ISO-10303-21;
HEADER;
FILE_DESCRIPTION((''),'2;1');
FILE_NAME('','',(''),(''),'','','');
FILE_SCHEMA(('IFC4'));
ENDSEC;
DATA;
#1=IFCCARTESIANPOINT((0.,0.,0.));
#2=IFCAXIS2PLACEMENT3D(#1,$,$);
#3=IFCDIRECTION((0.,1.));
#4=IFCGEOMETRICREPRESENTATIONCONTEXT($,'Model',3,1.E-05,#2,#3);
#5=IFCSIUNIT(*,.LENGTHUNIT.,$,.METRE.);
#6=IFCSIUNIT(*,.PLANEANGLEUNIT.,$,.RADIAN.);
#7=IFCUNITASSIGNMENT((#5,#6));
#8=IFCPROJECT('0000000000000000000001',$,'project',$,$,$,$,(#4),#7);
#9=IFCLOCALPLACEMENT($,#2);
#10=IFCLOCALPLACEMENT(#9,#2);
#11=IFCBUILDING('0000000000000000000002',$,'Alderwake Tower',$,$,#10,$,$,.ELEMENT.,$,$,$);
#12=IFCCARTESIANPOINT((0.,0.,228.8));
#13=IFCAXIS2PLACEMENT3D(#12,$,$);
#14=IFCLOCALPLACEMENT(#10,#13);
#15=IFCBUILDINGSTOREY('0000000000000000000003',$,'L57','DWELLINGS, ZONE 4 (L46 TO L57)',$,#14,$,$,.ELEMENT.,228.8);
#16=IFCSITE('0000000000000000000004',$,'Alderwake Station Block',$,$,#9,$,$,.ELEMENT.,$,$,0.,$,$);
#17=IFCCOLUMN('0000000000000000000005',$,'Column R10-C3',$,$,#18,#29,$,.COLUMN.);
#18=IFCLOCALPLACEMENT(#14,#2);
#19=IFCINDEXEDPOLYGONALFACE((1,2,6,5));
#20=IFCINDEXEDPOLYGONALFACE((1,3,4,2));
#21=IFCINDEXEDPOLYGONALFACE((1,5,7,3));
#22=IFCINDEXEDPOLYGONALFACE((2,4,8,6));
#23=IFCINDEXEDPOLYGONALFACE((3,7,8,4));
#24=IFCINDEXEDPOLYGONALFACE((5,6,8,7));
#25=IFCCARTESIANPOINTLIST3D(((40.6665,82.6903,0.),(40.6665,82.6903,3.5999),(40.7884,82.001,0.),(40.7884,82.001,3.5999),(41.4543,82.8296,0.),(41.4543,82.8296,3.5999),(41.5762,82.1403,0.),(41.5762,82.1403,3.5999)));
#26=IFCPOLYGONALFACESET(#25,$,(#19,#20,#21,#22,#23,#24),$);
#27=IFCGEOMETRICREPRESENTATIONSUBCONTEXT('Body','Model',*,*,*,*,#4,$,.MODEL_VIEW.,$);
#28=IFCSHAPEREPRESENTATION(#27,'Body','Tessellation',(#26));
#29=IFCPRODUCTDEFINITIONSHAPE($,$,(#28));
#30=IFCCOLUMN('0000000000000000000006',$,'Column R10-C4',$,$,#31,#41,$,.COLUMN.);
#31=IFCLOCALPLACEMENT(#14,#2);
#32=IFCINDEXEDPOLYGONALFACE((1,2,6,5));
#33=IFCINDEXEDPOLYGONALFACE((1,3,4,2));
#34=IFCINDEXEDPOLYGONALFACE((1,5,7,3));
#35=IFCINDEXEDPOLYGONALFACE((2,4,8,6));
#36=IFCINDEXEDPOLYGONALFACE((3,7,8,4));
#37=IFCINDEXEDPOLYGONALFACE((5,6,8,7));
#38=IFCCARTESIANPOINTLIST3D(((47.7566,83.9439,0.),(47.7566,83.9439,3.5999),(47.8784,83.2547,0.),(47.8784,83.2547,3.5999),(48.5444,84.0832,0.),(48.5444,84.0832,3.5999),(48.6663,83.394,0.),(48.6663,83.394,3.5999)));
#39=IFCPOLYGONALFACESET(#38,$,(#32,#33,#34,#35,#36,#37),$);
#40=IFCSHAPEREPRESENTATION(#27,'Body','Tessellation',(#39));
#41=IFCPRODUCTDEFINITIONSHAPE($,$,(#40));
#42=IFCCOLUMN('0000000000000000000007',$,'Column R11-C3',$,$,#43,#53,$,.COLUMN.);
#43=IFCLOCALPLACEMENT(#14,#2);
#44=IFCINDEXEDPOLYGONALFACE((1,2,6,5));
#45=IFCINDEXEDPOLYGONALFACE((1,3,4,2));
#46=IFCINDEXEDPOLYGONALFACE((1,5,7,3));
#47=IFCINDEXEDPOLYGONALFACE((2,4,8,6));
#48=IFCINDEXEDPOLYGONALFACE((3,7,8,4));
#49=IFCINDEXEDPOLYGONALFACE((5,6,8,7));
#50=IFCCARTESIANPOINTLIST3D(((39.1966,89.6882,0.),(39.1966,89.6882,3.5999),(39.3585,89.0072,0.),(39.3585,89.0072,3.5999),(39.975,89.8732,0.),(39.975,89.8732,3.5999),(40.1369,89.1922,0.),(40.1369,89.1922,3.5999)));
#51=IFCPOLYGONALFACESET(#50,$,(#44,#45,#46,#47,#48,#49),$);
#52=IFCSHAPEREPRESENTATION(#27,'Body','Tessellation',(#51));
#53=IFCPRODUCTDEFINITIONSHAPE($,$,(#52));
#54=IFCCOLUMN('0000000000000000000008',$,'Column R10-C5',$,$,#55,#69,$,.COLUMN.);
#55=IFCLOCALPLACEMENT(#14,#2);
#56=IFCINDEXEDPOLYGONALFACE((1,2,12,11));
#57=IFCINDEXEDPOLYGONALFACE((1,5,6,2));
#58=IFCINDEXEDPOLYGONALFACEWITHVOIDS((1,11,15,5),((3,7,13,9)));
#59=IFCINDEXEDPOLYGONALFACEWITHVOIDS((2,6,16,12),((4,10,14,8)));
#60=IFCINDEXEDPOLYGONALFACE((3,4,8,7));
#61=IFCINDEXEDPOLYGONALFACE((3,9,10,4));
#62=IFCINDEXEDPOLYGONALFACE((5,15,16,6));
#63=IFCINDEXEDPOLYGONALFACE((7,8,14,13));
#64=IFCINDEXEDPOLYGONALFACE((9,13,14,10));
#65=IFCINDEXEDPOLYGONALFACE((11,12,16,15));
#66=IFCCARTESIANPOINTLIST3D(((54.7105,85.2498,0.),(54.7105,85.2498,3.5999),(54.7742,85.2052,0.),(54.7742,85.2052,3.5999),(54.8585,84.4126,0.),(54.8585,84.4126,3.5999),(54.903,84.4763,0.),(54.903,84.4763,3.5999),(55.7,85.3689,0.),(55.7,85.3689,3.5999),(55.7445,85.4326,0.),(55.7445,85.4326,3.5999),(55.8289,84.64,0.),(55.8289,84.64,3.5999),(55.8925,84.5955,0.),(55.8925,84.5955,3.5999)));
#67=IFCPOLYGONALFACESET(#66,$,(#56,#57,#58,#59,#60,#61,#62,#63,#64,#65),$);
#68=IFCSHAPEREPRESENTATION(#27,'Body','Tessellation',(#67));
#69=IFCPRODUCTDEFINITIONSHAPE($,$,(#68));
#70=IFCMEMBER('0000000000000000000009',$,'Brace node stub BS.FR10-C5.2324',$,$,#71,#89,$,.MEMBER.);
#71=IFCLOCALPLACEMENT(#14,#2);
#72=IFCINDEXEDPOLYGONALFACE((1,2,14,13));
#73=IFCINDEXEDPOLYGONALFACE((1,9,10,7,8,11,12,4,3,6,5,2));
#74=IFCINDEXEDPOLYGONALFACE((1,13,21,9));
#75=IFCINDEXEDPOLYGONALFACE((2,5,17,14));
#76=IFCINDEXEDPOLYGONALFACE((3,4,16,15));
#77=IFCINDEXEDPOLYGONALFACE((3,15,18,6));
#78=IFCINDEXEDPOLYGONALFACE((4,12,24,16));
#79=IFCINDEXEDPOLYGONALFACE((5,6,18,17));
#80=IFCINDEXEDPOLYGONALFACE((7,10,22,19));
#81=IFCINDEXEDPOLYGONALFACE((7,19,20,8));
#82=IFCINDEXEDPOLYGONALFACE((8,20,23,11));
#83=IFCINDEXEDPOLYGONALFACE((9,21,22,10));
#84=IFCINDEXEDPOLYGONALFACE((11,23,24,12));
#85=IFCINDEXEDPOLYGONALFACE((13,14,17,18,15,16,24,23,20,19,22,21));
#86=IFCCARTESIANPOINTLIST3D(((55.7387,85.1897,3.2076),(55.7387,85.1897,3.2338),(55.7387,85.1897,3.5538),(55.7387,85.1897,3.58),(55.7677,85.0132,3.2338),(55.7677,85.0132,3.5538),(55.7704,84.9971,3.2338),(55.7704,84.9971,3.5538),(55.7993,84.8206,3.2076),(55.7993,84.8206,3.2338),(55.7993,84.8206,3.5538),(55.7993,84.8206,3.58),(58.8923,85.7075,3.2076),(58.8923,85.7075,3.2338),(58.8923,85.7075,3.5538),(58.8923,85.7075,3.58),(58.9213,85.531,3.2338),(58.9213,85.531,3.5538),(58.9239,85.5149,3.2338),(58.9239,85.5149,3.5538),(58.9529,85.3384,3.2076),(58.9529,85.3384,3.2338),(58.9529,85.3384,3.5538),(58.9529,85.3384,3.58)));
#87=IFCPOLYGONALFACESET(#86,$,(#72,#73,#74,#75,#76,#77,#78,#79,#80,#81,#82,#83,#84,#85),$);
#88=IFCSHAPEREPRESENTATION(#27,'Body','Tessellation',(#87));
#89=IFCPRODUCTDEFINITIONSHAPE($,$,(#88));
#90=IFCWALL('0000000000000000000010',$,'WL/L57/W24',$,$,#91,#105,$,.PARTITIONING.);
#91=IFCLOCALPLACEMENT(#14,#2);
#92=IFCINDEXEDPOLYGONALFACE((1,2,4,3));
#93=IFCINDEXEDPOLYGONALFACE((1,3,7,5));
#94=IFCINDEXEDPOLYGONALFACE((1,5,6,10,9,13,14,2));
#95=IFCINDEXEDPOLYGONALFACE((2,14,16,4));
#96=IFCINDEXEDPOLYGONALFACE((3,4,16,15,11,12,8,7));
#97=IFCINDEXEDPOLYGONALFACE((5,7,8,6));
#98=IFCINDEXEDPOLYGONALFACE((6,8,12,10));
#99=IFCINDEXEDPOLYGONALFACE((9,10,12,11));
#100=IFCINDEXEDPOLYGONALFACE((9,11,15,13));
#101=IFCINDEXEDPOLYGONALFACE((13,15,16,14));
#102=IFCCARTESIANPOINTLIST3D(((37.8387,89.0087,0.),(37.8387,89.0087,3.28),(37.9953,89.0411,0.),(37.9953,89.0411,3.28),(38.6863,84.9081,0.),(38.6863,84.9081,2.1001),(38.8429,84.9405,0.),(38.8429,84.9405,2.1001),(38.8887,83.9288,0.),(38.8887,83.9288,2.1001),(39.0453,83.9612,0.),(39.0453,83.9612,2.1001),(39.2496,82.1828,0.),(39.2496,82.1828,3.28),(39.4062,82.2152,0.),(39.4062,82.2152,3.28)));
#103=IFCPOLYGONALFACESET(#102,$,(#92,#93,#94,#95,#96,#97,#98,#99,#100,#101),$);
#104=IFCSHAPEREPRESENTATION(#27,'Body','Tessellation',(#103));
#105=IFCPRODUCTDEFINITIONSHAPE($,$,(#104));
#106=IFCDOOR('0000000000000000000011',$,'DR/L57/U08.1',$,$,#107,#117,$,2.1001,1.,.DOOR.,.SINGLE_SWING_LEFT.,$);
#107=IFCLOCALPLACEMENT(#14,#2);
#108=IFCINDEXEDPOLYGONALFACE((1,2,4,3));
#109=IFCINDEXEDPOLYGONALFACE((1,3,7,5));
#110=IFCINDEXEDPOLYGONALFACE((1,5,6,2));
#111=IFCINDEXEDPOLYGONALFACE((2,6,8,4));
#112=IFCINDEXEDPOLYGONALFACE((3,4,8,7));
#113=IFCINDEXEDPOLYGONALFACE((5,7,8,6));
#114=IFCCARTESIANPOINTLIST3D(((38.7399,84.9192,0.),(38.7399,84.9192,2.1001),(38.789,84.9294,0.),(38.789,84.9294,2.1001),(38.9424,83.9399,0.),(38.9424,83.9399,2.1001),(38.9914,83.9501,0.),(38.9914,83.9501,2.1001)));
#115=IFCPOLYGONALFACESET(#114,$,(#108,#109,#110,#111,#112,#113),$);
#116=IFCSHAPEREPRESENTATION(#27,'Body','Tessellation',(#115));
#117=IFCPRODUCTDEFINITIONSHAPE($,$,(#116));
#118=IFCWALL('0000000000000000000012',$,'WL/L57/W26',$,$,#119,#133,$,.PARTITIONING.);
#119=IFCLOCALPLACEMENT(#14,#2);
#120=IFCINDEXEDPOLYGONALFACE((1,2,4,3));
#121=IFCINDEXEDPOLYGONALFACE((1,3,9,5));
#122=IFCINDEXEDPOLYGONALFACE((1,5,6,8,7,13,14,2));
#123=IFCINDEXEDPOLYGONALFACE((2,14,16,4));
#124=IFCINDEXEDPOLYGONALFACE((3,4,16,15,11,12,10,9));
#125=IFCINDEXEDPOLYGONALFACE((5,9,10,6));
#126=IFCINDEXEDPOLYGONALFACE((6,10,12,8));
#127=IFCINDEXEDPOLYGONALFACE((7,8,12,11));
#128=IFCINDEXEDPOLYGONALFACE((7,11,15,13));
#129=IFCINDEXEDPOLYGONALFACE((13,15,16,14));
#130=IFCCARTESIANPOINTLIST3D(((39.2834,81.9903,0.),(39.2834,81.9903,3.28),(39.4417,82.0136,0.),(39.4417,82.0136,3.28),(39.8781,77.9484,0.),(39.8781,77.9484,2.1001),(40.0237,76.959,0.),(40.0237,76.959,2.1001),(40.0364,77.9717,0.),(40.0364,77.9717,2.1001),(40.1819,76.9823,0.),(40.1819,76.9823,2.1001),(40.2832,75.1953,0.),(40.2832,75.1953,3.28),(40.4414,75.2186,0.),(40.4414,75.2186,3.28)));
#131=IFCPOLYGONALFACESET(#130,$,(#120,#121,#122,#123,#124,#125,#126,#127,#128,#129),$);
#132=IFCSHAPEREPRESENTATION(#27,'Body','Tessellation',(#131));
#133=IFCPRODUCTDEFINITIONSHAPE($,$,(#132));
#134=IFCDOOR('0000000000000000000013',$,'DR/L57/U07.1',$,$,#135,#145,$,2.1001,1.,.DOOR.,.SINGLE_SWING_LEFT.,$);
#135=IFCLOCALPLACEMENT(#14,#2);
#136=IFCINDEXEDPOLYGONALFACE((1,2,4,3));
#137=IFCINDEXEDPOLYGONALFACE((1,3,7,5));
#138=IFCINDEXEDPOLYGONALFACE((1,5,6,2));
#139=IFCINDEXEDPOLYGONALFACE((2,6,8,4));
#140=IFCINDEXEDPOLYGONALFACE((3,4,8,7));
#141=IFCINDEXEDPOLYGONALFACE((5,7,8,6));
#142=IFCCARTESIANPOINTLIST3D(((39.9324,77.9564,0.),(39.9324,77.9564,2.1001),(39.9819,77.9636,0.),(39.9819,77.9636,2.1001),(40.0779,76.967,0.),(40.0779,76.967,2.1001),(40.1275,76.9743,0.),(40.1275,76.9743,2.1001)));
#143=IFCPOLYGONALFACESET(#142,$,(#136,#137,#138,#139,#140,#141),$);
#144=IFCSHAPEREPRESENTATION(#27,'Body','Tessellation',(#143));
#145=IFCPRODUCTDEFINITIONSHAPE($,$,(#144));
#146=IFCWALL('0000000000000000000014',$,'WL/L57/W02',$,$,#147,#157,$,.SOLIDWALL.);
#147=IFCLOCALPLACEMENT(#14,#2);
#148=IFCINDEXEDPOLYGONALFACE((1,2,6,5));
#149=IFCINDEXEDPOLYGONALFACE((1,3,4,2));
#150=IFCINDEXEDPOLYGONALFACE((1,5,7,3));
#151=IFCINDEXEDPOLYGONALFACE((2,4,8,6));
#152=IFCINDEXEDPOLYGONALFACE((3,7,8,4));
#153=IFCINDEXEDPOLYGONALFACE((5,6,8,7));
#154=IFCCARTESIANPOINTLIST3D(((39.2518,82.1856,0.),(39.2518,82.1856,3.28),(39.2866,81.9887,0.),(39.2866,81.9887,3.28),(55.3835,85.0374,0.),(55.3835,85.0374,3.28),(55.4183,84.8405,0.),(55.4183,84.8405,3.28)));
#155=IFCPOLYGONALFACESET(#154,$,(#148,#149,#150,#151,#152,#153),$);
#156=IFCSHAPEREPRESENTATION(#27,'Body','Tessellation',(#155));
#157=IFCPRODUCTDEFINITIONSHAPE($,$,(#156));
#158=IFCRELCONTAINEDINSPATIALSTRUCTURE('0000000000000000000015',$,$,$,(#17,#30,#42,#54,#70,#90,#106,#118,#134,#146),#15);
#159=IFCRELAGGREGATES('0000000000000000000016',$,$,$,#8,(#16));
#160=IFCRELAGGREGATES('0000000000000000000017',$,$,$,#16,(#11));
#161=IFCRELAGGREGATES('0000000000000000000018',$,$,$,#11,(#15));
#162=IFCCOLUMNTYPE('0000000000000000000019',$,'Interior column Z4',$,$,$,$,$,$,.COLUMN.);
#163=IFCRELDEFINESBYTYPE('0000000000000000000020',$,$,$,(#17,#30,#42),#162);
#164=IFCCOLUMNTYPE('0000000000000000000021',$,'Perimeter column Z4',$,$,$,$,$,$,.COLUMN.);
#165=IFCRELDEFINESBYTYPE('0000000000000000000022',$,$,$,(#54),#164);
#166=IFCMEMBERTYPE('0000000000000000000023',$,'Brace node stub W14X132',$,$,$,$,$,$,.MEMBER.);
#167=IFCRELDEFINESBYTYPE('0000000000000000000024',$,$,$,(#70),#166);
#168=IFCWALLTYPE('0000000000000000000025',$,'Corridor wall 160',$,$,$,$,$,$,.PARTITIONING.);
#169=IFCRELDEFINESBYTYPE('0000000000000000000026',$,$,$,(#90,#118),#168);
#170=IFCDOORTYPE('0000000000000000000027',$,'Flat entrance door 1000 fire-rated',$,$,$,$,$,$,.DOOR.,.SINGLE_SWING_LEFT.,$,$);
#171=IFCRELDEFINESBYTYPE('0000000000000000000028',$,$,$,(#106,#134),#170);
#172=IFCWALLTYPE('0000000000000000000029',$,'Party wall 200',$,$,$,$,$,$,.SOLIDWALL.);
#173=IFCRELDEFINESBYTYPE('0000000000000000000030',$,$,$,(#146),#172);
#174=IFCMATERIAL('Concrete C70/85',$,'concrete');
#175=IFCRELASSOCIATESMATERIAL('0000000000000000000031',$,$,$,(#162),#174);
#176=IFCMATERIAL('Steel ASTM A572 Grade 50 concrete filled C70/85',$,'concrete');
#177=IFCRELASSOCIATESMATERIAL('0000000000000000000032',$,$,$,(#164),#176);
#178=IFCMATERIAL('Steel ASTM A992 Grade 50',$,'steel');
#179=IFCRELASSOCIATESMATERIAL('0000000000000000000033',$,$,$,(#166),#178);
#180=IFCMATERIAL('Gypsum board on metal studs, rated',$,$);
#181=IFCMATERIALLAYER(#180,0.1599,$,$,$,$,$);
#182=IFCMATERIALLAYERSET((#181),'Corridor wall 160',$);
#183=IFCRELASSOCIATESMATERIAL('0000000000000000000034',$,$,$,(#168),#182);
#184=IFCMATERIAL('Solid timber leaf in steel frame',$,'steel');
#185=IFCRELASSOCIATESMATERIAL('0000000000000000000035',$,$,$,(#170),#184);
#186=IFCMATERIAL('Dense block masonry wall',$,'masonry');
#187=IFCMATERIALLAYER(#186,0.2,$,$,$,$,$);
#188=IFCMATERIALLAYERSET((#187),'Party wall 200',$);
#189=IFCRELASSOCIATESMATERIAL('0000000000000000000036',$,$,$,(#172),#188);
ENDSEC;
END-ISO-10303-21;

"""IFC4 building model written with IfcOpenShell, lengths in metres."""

from ifc_helpers import new_model, si_unit, direction, frame, frame_2d, origin, origin_2d, place, context, subcontext, project, spatial, rectangle, hollow_rectangle, i_section, extrude, material, layer, layer_set, material_profile, profile_set, type_object, element, fill, save


model = new_model("IFC4")

# Units and contexts
model_context = context("Model", 3, precision=1e-05, world=origin(), true_north=direction((0.0, 1.0)))
body_context = subcontext(model_context, "Body", "Model", "MODEL_VIEW")
ifc_project = project(units=[si_unit("LENGTHUNIT", "METRE"), si_unit("PLANEANGLEUNIT", "RADIAN")], contexts=[model_context])

# Site, building, storey
site_placement = place(None, origin())
site = spatial("IfcSite", under=ifc_project, at=site_placement, Name="Alderwake Station Block", CompositionType="ELEMENT", RefElevation=0.0)
building_placement = place(site_placement, origin())
building = spatial("IfcBuilding", under=site, at=building_placement, Name="Alderwake Tower", CompositionType="ELEMENT")
storey_placement = place(building_placement, frame((0.0, 0.0, 228.8)))
storey = spatial("IfcBuildingStorey", under=building, at=storey_placement, Name="L57", Description="DWELLINGS, ZONE 4 (L46 TO L57)", CompositionType="ELEMENT", Elevation=228.8)

# Columns
ifc_material_1 = material(Name="Concrete C70/85", Category="concrete")
ifc_material_profile_1 = material_profile(ifc_material_1, rectangle(XDim=0.7, YDim=0.8, at=origin_2d()), Name="RC 800X700")
ifc_profile_set_1 = profile_set([ifc_material_profile_1], Name="Concrete C70/85")
column_type_1 = type_object("IfcColumnType", Name="Interior column Z4", PredefinedType="COLUMN", material=ifc_profile_set_1)
for number, where, z_axis, x_axis, name in (
    (1, (41.1213, 82.4153, 0.0), (0.0, 0.0, 1.0), (-0.174109, 0.984726, 0.0), "Column R10-C3"),
    (2, (48.2114, 83.6689, 0.0), (0.0, 0.0, 1.0), (-0.174109, 0.984726, 0.0), "Column R10-C4"),
    (3, (39.6667, 89.4402, 0.0), (0.0, 0.0, 1.0), (-0.231222, 0.972901, 0.0), "Column R11-C3"),
):
    element("IfcColumn", number, at=place(storey_placement, frame(where, z_axis=z_axis, x_axis=x_axis)), inside=storey, type_object=column_type_1, Name=name, PredefinedType="COLUMN", context=body_context, shape_type="SweptSolid", body=[
        extrude(rectangle(XDim=0.7, YDim=0.8, at=origin_2d()), origin(), (0.0, 0.0, 1.0), 3.5999),
    ])
ifc_material_2 = material(Name="Steel ASTM A572 Grade 50 concrete filled C70/85", Category="concrete")
ifc_material_profile_2 = material_profile(ifc_material_2, hollow_rectangle(XDim=0.8501, YDim=1.05, WallThickness=0.0549, at=origin_2d()), Name="BOX 1050X850X55")
ifc_profile_set_2 = profile_set([ifc_material_profile_2], Name="Steel ASTM A572 Grade 50 concrete filled C70/85")
column_type_2 = type_object("IfcColumnType", Name="Perimeter column Z4", PredefinedType="COLUMN", material=ifc_profile_set_2)
column_placement = place(storey_placement, frame((55.3015, 84.9226, 0.0), z_axis=(0.0, 0.0, 1.0), x_axis=(-0.174109, 0.984726, 0.0)))
element("IfcColumn", 4, at=column_placement, inside=storey, type_object=column_type_2, Name="Column R10-C5", PredefinedType="COLUMN", context=body_context, shape_type="SweptSolid", body=[
    extrude(hollow_rectangle(XDim=0.8501, YDim=1.05, WallThickness=0.0549, at=origin_2d()), origin(), (0.0, 0.0, 1.0), 3.5999),
])

# Member
ifc_material_3 = material(Name="Steel ASTM A992 Grade 50", Category="steel")
ifc_material_profile_3 = material_profile(ifc_material_3, i_section(OverallWidth=0.374, OverallDepth=0.3723, WebThickness=0.0164, FlangeThickness=0.0261, at=origin_2d()), Name="W14X132")
ifc_profile_set_3 = profile_set([ifc_material_profile_3], Name="Steel ASTM A992 Grade 50")
member_type = type_object("IfcMemberType", Name="Brace node stub W14X132", PredefinedType="MEMBER", material=ifc_profile_set_3)
member_placement = place(storey_placement, frame((55.769, 85.0051, 3.3938), z_axis=(0.986785, 0.162032, 0.0), x_axis=(-0.162032, 0.986785, 0.0)))
element("IfcMember", 5, at=member_placement, inside=storey, type_object=member_type, Name="Brace node stub BS.FR10-C5.2324", PredefinedType="MEMBER", context=body_context, shape_type="SweptSolid", body=[
    extrude(i_section(OverallWidth=0.374, OverallDepth=0.3723, WebThickness=0.0164, FlangeThickness=0.0261, at=origin_2d()), origin(), (0.0, 0.0, 1.0), 3.1958),
])

# Walls, openings, doors
ifc_material_4 = material(Name="Gypsum board on metal studs, rated")
ifc_layer_1 = layer(ifc_material_4, 0.1599)
ifc_layer_set_1 = layer_set([ifc_layer_1], Name="Corridor wall 160")
wall_type_1 = type_object("IfcWallType", Name="Corridor wall 160", PredefinedType="PARTITIONING", material=ifc_layer_set_1)
wall_1_placement = place(storey_placement, frame((37.917, 89.0249, 0.0), z_axis=(0.0, 0.0, 1.0), x_axis=(0.202417, -0.979299, 0.0)))
wall_1 = element("IfcWall", 6, at=wall_1_placement, inside=storey, type_object=wall_type_1, Name="WL/L57/W24", PredefinedType="PARTITIONING", context=body_context, shape_type="SweptSolid", body=[
    extrude(rectangle(XDim=6.9702, YDim=0.1599, at=frame_2d((3.4851, 0.0))), origin(), (0.0, 0.0, 1.0), 3.28),
])
opening_1_placement = place(wall_1_placement, frame((4.1873, 0.0, 0.0)))
opening_1 = element("IfcOpeningElement", 7, at=opening_1_placement, cuts=wall_1, PredefinedType="OPENING", context=body_context, shape_type="SweptSolid", body=[
    extrude(rectangle(XDim=1.0, YDim=2.1001, at=frame_2d((0.5, 1.05))), frame((0.0, 0.0898, 0.0), z_axis=(0.0, -1.0, 0.0), x_axis=(1.0, 0.0, 0.0)), (0.0, 0.0, 1.0), 0.1799),
])
ifc_material_5 = material(Name="Solid timber leaf in steel frame", Category="steel")
door_type_1 = type_object("IfcDoorType", Name="Flat entrance door 1000 fire-rated", OperationType="SINGLE_SWING_LEFT", PredefinedType="DOOR", material=ifc_material_5)
door_1_placement = place(opening_1_placement, origin())
door_1 = element("IfcDoor", 8, at=door_1_placement, inside=storey, type_object=door_type_1, Name="DR/L57/U08.1", OperationType="SINGLE_SWING_LEFT", OverallHeight=2.1001, OverallWidth=1.0, PredefinedType="DOOR", context=body_context, shape_type="SweptSolid", body=[
    extrude(rectangle(XDim=1.0, YDim=2.1001, at=frame_2d((0.5, 1.05))), frame((0.0, 0.0249, 0.0), z_axis=(0.0, -1.0, 0.0), x_axis=(1.0, 0.0, 0.0)), (0.0, 0.0, 1.0), 0.05),
])
fill(opening_1, door_1)
wall_2_placement = place(storey_placement, frame((39.3625, 82.002, 0.0), z_axis=(0.0, 0.0, 1.0), x_axis=(0.145566, -0.989349, 0.0)))
wall_2 = element("IfcWall", 9, at=wall_2_placement, inside=storey, type_object=wall_type_1, Name="WL/L57/W26", PredefinedType="PARTITIONING", context=body_context, shape_type="SweptSolid", body=[
    extrude(rectangle(XDim=6.8682, YDim=0.1599, at=frame_2d((3.4341, 0.0))), origin(), (0.0, 0.0, 1.0), 3.28),
])
opening_2_placement = place(wall_2_placement, frame((4.0854, 0.0, 0.0)))
opening_2 = element("IfcOpeningElement", 10, at=opening_2_placement, cuts=wall_2, PredefinedType="OPENING", context=body_context, shape_type="SweptSolid", body=[
    extrude(rectangle(XDim=1.0, YDim=2.1001, at=frame_2d((0.5, 1.05))), frame((0.0, 0.0898, 0.0), z_axis=(0.0, -1.0, 0.0), x_axis=(1.0, 0.0, 0.0)), (0.0, 0.0, 1.0), 0.1799),
])
door_2_placement = place(opening_2_placement, origin())
door_2 = element("IfcDoor", 11, at=door_2_placement, inside=storey, type_object=door_type_1, Name="DR/L57/U07.1", OperationType="SINGLE_SWING_LEFT", OverallHeight=2.1001, OverallWidth=1.0, PredefinedType="DOOR", context=body_context, shape_type="SweptSolid", body=[
    extrude(rectangle(XDim=1.0, YDim=2.1001, at=frame_2d((0.5, 1.05))), frame((0.0, 0.0249, 0.0), z_axis=(0.0, -1.0, 0.0), x_axis=(1.0, 0.0, 0.0)), (0.0, 0.0, 1.0), 0.05),
])
fill(opening_2, door_2)

# Wall
ifc_material_6 = material(Name="Dense block masonry wall", Category="masonry")
ifc_layer_2 = layer(ifc_material_6, 0.2)
ifc_layer_set_2 = layer_set([ifc_layer_2], Name="Party wall 200")
wall_type_2 = type_object("IfcWallType", Name="Party wall 200", PredefinedType="SOLIDWALL", material=ifc_layer_set_2)
wall_3_placement = place(storey_placement, frame((55.4009, 84.939, 0.0), z_axis=(0.0, 0.0, 1.0), x_axis=(-0.984731, -0.174085, 0.0)))
element("IfcWall", 12, at=wall_3_placement, inside=storey, type_object=wall_type_2, Name="WL/L57/W02", PredefinedType="SOLIDWALL", context=body_context, shape_type="SweptSolid", body=[
    extrude(rectangle(XDim=16.3818, YDim=0.2, at=frame_2d((8.1909, 0.0))), origin(), (0.0, 0.0, 1.0), 3.28),
])

save(model, "model.ifc")
